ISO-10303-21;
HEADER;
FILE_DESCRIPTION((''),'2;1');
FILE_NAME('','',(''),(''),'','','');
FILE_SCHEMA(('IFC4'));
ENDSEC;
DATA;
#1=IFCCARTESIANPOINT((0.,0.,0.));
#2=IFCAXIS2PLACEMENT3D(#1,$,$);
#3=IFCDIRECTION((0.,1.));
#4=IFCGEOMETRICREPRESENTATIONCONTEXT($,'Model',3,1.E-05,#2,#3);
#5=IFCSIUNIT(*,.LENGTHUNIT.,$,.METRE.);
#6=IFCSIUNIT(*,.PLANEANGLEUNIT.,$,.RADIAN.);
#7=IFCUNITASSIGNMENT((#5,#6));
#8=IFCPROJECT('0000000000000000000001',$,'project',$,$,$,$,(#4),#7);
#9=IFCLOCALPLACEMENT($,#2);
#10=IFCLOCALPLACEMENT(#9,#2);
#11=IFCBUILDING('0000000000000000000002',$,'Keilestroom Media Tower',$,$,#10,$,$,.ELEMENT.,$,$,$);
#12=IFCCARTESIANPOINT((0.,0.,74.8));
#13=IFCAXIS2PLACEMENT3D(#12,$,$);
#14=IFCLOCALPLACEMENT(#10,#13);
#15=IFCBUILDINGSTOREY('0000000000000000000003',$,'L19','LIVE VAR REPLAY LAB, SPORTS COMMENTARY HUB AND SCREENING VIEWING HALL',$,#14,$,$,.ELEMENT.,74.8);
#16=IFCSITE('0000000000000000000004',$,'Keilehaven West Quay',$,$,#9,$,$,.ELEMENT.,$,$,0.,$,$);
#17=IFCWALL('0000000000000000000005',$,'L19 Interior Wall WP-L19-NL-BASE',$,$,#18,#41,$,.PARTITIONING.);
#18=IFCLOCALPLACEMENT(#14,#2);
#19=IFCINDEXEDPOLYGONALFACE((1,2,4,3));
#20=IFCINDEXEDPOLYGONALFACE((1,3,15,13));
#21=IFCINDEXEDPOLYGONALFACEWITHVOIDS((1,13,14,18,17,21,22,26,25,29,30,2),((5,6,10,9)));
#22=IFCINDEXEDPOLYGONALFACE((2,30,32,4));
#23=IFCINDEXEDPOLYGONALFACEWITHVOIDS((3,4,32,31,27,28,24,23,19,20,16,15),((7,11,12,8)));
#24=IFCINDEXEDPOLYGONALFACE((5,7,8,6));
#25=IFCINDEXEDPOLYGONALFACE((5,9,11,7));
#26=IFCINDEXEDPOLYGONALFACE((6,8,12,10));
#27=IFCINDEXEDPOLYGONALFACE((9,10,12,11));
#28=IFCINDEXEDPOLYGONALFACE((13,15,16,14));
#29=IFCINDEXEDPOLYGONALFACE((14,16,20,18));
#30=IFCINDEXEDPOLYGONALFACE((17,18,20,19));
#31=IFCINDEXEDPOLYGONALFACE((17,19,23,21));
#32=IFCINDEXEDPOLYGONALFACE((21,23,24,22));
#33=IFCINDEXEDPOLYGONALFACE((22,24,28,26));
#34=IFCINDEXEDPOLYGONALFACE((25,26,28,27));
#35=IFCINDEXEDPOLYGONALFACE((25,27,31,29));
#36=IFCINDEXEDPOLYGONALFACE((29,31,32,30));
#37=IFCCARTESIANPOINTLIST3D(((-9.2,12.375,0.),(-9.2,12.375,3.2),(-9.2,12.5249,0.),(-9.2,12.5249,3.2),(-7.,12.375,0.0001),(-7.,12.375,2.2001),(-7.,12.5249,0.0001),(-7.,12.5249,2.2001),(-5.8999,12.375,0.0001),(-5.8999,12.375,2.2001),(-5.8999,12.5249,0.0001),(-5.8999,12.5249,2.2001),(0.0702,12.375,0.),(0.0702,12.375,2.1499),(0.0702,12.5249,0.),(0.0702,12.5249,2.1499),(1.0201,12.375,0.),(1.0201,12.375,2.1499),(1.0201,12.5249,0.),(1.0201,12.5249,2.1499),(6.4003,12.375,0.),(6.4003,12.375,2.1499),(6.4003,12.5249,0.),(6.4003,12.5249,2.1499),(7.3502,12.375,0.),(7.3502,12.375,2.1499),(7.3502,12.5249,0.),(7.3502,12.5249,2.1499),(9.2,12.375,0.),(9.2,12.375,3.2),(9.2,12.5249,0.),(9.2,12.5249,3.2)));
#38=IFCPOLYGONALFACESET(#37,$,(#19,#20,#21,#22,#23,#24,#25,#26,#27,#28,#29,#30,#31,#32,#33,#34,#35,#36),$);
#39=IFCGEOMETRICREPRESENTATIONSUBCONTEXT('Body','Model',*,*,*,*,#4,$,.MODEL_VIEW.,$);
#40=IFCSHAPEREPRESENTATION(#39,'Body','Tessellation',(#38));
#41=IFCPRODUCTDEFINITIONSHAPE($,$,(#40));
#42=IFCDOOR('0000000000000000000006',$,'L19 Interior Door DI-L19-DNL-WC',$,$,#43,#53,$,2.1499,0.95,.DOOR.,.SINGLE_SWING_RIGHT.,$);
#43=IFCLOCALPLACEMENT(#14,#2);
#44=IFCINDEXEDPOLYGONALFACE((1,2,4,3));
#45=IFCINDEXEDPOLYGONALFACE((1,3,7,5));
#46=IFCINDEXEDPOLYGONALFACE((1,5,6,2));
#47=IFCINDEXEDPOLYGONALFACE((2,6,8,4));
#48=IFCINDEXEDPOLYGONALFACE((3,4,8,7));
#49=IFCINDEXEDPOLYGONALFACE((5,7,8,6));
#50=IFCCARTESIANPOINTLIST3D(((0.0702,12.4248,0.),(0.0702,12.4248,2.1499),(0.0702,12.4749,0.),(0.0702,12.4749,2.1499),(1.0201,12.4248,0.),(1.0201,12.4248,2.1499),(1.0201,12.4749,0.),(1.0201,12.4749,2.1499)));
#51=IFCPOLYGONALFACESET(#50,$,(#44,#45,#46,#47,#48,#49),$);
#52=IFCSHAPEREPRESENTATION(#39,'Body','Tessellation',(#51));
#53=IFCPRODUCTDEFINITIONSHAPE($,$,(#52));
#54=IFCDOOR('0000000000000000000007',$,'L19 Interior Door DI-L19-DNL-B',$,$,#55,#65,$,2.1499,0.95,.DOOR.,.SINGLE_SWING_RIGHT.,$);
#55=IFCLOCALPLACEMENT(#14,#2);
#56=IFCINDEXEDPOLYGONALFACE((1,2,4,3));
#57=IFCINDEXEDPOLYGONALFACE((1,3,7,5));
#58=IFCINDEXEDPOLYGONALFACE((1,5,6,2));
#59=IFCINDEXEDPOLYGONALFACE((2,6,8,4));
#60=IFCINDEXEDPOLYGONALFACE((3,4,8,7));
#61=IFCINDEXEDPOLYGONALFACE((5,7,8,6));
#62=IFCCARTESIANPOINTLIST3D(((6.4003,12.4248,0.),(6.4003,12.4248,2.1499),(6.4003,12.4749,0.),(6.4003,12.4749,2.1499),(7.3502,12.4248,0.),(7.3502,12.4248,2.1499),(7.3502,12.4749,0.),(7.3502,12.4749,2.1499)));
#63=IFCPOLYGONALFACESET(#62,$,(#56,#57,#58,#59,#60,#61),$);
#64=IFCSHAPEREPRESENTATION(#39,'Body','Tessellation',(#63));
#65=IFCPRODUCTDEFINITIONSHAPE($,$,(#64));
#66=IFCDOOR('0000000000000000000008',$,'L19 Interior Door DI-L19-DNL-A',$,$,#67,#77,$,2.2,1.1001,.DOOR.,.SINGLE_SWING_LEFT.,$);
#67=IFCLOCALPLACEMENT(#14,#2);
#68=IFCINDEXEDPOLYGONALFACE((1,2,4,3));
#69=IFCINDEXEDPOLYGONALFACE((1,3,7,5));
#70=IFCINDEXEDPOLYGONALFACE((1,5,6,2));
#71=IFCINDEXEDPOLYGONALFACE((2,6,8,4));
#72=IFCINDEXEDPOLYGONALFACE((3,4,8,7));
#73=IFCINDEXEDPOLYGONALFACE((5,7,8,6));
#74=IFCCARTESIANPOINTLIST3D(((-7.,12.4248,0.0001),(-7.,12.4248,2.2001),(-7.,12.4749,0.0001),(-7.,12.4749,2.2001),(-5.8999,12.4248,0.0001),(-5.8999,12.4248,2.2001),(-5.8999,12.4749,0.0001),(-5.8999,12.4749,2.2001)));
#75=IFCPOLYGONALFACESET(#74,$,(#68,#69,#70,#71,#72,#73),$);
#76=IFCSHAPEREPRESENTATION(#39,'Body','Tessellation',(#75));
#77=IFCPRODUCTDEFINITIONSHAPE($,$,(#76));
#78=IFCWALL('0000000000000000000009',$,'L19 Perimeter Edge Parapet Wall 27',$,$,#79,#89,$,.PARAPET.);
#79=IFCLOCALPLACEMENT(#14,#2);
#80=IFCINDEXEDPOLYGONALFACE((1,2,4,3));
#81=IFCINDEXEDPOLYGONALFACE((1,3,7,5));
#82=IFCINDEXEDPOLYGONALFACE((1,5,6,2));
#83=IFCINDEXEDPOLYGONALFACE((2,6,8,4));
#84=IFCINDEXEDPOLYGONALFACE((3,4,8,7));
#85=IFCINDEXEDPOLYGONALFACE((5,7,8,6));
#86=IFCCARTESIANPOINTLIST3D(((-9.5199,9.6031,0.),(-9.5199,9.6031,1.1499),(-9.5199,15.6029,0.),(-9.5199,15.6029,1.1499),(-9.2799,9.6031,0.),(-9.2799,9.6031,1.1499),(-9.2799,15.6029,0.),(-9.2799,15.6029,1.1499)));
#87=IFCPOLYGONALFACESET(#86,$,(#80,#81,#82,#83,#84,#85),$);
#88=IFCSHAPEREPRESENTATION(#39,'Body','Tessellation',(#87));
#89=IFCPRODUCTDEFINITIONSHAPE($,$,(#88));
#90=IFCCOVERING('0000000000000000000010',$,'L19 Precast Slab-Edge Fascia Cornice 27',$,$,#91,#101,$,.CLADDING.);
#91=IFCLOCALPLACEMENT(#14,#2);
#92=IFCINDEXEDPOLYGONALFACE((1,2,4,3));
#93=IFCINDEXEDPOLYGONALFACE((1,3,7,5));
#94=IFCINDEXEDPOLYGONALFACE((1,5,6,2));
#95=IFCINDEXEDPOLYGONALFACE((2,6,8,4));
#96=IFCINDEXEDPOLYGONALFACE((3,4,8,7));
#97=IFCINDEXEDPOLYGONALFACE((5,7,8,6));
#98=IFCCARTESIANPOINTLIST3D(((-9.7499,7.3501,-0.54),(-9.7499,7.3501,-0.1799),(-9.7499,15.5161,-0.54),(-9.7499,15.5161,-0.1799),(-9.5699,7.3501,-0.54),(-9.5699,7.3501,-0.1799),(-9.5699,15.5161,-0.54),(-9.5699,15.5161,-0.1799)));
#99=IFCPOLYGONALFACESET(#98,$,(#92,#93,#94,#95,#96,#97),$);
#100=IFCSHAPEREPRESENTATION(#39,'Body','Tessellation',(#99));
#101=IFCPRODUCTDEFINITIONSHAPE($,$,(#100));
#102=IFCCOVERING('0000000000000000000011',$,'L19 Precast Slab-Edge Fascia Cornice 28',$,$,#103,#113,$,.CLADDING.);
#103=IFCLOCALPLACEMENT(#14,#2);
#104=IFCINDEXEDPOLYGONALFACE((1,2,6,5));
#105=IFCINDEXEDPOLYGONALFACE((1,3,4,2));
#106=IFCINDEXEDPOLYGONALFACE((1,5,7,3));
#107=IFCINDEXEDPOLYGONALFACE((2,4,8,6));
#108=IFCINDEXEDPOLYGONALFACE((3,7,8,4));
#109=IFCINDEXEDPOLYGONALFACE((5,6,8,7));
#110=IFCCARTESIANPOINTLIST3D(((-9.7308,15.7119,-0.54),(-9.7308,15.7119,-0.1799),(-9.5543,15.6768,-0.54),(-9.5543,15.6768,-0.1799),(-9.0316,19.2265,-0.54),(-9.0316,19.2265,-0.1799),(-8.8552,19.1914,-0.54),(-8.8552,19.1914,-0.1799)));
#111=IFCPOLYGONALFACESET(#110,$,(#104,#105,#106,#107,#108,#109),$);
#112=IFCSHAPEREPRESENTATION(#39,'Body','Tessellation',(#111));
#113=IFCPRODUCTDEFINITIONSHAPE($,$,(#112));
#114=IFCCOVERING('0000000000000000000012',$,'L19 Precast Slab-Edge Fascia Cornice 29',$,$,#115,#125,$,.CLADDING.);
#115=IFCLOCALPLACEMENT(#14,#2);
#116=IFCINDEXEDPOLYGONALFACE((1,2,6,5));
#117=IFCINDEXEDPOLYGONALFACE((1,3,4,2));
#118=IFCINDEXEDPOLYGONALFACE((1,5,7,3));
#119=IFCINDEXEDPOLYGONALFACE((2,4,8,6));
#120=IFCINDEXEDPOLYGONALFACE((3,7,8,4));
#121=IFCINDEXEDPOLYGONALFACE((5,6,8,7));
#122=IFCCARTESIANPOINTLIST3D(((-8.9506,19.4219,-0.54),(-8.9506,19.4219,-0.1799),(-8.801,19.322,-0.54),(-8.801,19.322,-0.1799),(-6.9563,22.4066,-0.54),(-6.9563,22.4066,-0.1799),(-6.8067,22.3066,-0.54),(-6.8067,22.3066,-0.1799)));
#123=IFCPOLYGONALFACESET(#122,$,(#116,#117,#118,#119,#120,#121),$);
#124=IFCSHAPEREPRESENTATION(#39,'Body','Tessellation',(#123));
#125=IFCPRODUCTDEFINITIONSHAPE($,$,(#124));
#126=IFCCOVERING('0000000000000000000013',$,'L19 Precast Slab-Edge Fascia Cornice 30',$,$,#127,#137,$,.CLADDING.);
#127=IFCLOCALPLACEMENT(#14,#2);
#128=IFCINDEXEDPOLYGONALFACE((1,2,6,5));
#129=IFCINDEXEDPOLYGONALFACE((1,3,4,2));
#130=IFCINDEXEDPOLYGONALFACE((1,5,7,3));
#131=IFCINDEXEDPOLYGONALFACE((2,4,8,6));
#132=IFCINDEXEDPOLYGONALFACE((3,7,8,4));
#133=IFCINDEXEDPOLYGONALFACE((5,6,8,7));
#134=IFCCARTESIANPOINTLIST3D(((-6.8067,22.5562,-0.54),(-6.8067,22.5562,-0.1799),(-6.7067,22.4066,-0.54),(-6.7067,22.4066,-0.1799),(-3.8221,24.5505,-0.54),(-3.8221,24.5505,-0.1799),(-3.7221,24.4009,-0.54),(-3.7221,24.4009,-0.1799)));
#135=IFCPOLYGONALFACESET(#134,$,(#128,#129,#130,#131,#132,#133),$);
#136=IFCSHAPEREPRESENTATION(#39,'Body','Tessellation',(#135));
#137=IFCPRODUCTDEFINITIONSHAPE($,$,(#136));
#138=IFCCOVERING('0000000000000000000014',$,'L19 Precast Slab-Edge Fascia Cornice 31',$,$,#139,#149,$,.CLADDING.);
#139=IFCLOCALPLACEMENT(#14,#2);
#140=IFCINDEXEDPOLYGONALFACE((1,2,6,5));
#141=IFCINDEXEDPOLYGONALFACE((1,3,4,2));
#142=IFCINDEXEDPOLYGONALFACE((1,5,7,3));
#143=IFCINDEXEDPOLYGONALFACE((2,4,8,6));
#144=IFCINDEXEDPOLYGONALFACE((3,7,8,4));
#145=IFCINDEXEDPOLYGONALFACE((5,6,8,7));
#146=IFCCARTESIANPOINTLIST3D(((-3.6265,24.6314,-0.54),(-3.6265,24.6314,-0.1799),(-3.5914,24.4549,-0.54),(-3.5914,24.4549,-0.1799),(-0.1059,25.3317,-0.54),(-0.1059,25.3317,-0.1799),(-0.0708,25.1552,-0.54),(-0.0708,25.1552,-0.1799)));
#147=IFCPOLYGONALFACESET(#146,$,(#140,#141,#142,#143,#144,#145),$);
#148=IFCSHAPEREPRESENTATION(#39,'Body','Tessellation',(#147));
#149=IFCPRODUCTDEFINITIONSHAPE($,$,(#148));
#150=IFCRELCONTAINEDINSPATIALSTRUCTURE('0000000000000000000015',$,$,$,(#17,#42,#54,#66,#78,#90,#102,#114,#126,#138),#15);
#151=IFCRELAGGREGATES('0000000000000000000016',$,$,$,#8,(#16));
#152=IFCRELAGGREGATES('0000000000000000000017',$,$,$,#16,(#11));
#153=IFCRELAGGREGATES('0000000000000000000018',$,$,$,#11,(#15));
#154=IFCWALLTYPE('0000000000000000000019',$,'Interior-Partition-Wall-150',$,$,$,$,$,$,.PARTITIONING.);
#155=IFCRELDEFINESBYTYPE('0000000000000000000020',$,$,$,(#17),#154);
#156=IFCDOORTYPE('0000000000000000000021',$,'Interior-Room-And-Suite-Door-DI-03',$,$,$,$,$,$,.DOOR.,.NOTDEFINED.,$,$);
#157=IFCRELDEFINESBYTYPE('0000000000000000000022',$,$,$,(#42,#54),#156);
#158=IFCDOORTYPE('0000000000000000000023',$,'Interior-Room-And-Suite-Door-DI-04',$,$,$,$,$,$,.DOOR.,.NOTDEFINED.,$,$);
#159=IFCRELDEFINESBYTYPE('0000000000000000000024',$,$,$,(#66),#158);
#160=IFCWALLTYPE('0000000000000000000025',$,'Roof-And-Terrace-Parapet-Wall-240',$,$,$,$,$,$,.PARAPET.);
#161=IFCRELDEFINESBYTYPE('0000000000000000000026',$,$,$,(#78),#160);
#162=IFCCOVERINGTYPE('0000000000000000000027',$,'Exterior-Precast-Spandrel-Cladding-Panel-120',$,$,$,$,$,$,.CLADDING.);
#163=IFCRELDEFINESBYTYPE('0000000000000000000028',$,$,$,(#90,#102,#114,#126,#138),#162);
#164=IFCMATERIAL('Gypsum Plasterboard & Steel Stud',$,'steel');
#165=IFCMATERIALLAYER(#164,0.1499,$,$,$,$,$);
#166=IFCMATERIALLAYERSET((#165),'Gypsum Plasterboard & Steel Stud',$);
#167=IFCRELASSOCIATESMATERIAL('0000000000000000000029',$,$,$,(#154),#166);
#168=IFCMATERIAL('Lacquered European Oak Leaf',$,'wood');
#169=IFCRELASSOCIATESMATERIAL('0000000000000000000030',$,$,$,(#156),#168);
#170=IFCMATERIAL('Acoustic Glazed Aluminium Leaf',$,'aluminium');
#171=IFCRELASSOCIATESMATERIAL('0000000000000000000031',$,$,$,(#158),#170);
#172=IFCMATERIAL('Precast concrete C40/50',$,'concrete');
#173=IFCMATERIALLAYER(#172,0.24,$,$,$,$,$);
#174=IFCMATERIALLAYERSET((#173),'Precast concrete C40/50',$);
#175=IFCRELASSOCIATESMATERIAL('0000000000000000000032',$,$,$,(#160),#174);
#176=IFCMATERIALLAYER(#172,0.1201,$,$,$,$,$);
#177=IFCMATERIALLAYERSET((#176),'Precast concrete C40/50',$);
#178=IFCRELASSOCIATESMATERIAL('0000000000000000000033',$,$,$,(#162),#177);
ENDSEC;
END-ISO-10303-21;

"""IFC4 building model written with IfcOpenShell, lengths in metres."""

from ifc_helpers import new_model, si_unit, direction, frame, frame_2d, origin, origin_2d, place, context, subcontext, project, spatial, rectangle, extrude, source, transform, mapped, material, layer, layer_set, type_object, element, fill, save


model = new_model("IFC4")

# Units and contexts
model_context = context("Model", 3, precision=1e-05, world=origin(), true_north=direction((0.0, 1.0)))
body_context = subcontext(model_context, "Body", "Model", "MODEL_VIEW")
ifc_project = project(units=[si_unit("LENGTHUNIT", "METRE"), si_unit("PLANEANGLEUNIT", "RADIAN")], contexts=[model_context])

# Site, building, storey
site_placement = place(None, origin())
site = spatial("IfcSite", under=ifc_project, at=site_placement, Name="Keilehaven West Quay", CompositionType="ELEMENT", RefElevation=0.0)
building_placement = place(site_placement, origin())
building = spatial("IfcBuilding", under=site, at=building_placement, Name="Keilestroom Media Tower", CompositionType="ELEMENT")
storey_placement = place(building_placement, frame((0.0, 0.0, 74.8)))
storey = spatial("IfcBuildingStorey", under=building, at=storey_placement, Name="L19", Description="LIVE VAR REPLAY LAB, SPORTS COMMENTARY HUB AND SCREENING VIEWING HALL", CompositionType="ELEMENT", Elevation=74.8)

# Shared definitions
ifc_material_1 = material(Name="Precast concrete C40/50", Category="concrete")
ifc_material_2 = material(Name="Gypsum Plasterboard & Steel Stud", Category="steel")

# Wall, openings, doors
ifc_layer_1 = layer(ifc_material_2, 0.1499)
ifc_layer_set_1 = layer_set([ifc_layer_1], Name="Gypsum Plasterboard & Steel Stud")
wall_type_1 = type_object("IfcWallType", Name="Interior-Partition-Wall-150", PredefinedType="PARTITIONING", material=ifc_layer_set_1)
wall_1_placement = place(storey_placement, frame((-9.2, 12.45, 0.0), z_axis=(0.0, 0.0, 1.0), x_axis=(1.0, 0.0, 0.0)))
wall_1 = element("IfcWall", 1, at=wall_1_placement, inside=storey, type_object=wall_type_1, Name="L19 Interior Wall WP-L19-NL-BASE", PredefinedType="PARTITIONING", context=body_context, shape_type="SweptSolid", body=[
    extrude(rectangle(XDim=18.3999, YDim=0.1499, at=frame_2d((9.2, 0.0))), origin(), (0.0, 0.0, 1.0), 3.2),
])
opening_1_placement = place(wall_1_placement, frame((9.27, 0.0, 0.0)))
opening_1 = element("IfcOpeningElement", 2, at=opening_1_placement, cuts=wall_1, PredefinedType="OPENING", context=body_context, shape_type="SweptSolid", body=[
    extrude(rectangle(XDim=0.95, YDim=2.1499, at=frame_2d((0.4751, 1.075))), frame((0.0, 0.085, 0.0), z_axis=(0.0, -1.0, 0.0), x_axis=(1.0, 0.0, 0.0)), (0.0, 0.0, 1.0), 0.1699),
])
opening_2_placement = place(wall_1_placement, frame((2.2, 0.0, 0.0)))
opening_2 = element("IfcOpeningElement", 3, at=opening_2_placement, cuts=wall_1, PredefinedType="OPENING", context=body_context, shape_type="SweptSolid", body=[
    extrude(rectangle(XDim=1.1001, YDim=2.2, at=frame_2d((0.55, 1.1001))), frame((0.0, 0.085, 0.0), z_axis=(0.0, -1.0, 0.0), x_axis=(1.0, 0.0, 0.0)), (0.0, 0.0, 1.0), 0.1699),
])
opening_3_placement = place(wall_1_placement, frame((15.6001, 0.0, 0.0)))
opening_3 = element("IfcOpeningElement", 4, at=opening_3_placement, cuts=wall_1, PredefinedType="OPENING", context=body_context, shape_type="SweptSolid", body=[
    extrude(rectangle(XDim=0.95, YDim=2.1499, at=frame_2d((0.4751, 1.075))), frame((0.0, 0.085, 0.0), z_axis=(0.0, -1.0, 0.0), x_axis=(1.0, 0.0, 0.0)), (0.0, 0.0, 1.0), 0.1699),
])
ifc_material_3 = material(Name="Lacquered European Oak Leaf", Category="wood")
door_type_1 = type_object("IfcDoorType", Name="Interior-Room-And-Suite-Door-DI-03", OperationType="NOTDEFINED", PredefinedType="DOOR", material=ifc_material_3)
shared_shape_1 = source(origin(), body_context, "Body", "SweptSolid", [
    extrude(rectangle(XDim=0.95, YDim=2.1499, at=frame_2d((0.4751, 1.075))), frame((0.0, 0.0249, 0.0), z_axis=(0.0, -1.0, 0.0), x_axis=(1.0, 0.0, 0.0)), (0.0, 0.0, 1.0), 0.05),
])
door_1_placement = place(opening_1_placement, origin())
door_1 = element("IfcDoor", 5, at=door_1_placement, inside=storey, type_object=door_type_1, Name="L19 Interior Door DI-L19-DNL-WC", OperationType="SINGLE_SWING_RIGHT", OverallHeight=2.1499, OverallWidth=0.95, PredefinedType="DOOR", context=body_context, shape_type="MappedRepresentation", body=[
    mapped(shared_shape_1, transform((0.0, 0.0, 0.0), x_axis=(1.0, 0.0, 0.0), y_axis=(0.0, 1.0, 0.0), z_axis=(0.0, 0.0, 1.0), scale=1.0)),
])
fill(opening_1, door_1)
door_2_placement = place(opening_3_placement, origin())
door_2 = element("IfcDoor", 6, at=door_2_placement, inside=storey, type_object=door_type_1, Name="L19 Interior Door DI-L19-DNL-B", OperationType="SINGLE_SWING_RIGHT", OverallHeight=2.1499, OverallWidth=0.95, PredefinedType="DOOR", context=body_context, shape_type="MappedRepresentation", body=[
    mapped(shared_shape_1, transform((0.0, 0.0, 0.0), x_axis=(1.0, 0.0, 0.0), y_axis=(0.0, 1.0, 0.0), z_axis=(0.0, 0.0, 1.0), scale=1.0)),
])
fill(opening_3, door_2)
ifc_material_4 = material(Name="Acoustic Glazed Aluminium Leaf", Category="aluminium")
door_type_2 = type_object("IfcDoorType", Name="Interior-Room-And-Suite-Door-DI-04", OperationType="NOTDEFINED", PredefinedType="DOOR", material=ifc_material_4)
shared_shape_2 = source(origin(), body_context, "Body", "SweptSolid", [
    extrude(rectangle(XDim=1.1001, YDim=2.2, at=frame_2d((0.55, 1.1001))), frame((0.0, 0.0249, 0.0), z_axis=(0.0, -1.0, 0.0), x_axis=(1.0, 0.0, 0.0)), (0.0, 0.0, 1.0), 0.05),
])
door_3_placement = place(opening_2_placement, origin())
door_3 = element("IfcDoor", 7, at=door_3_placement, inside=storey, type_object=door_type_2, Name="L19 Interior Door DI-L19-DNL-A", OperationType="SINGLE_SWING_LEFT", OverallHeight=2.2, OverallWidth=1.1001, PredefinedType="DOOR", context=body_context, shape_type="MappedRepresentation", body=[
    mapped(shared_shape_2, transform((0.0, 0.0, 0.0), x_axis=(1.0, 0.0, 0.0), y_axis=(0.0, 1.0, 0.0), z_axis=(0.0, 0.0, 1.0), scale=1.0)),
])
fill(opening_2, door_3)

# Wall
ifc_layer_2 = layer(ifc_material_1, 0.24)
ifc_layer_set_2 = layer_set([ifc_layer_2], Name="Precast concrete C40/50")
wall_type_2 = type_object("IfcWallType", Name="Roof-And-Terrace-Parapet-Wall-240", PredefinedType="PARAPET", material=ifc_layer_set_2)
wall_2_placement = place(storey_placement, frame((-9.3999, 9.603, 0.0), z_axis=(0.0, 0.0, 1.0), x_axis=(0.0, 1.0, 0.0)))
element("IfcWall", 8, at=wall_2_placement, inside=storey, type_object=wall_type_2, Name="L19 Perimeter Edge Parapet Wall 27", PredefinedType="PARAPET", context=body_context, shape_type="SweptSolid", body=[
    extrude(rectangle(XDim=5.9998, YDim=0.24, at=frame_2d((3.0, 0.0))), origin(), (0.0, 0.0, 1.0), 1.1499),
])

# Coverings
ifc_layer_3 = layer(ifc_material_1, 0.1201)
ifc_layer_set_3 = layer_set([ifc_layer_3], Name="Precast concrete C40/50")
covering_type = type_object("IfcCoveringType", Name="Exterior-Precast-Spandrel-Cladding-Panel-120", PredefinedType="CLADDING", material=ifc_layer_set_3)
shared_shape_3 = source(origin(), body_context, "Body", "SweptSolid", [
    extrude(rectangle(XDim=8.166, YDim=0.1799, at=origin_2d()), origin(), (0.0, 0.0, 1.0), 0.3601),
])
covering_1_placement = place(storey_placement, frame((-9.6599, 11.4331, -0.54), z_axis=(0.0, 0.0, 1.0), x_axis=(0.0, 1.0, 0.0)))
element("IfcCovering", 9, at=covering_1_placement, inside=storey, type_object=covering_type, Name="L19 Precast Slab-Edge Fascia Cornice 27", PredefinedType="CLADDING", context=body_context, shape_type="MappedRepresentation", body=[
    mapped(shared_shape_3, transform((0.0, 0.0, 0.0), x_axis=(1.0, 0.0, 0.0), y_axis=(0.0, 1.0, 0.0), z_axis=(0.0, 0.0, 1.0), scale=1.0)),
])
shared_shape_4 = source(origin(), body_context, "Body", "SweptSolid", [
    extrude(rectangle(XDim=3.5835, YDim=0.1799, at=origin_2d()), origin(), (0.0, 0.0, 1.0), 0.3601),
])
covering_2_placement = place(storey_placement, frame((-9.293, 17.4517, -0.54), z_axis=(0.0, 0.0, 1.0), x_axis=(0.195099, 0.980784, 0.0)))
element("IfcCovering", 10, at=covering_2_placement, inside=storey, type_object=covering_type, Name="L19 Precast Slab-Edge Fascia Cornice 28", PredefinedType="CLADDING", context=body_context, shape_type="MappedRepresentation", body=[
    mapped(shared_shape_4, transform((0.0, 0.0, 0.0), x_axis=(1.0, 0.0, 0.0), y_axis=(0.0, 1.0, 0.0), z_axis=(0.0, 0.0, 1.0), scale=1.0)),
])
shared_shape_5 = source(origin(), body_context, "Body", "SweptSolid", [
    extrude(rectangle(XDim=3.5896, YDim=0.1799, at=origin_2d()), origin(), (0.0, 0.0, 1.0), 0.3601),
])
for number, where, z_axis, x_axis, name in (
    (11, (-7.8787, 20.8643, -0.54), (0.0, 0.0, 1.0), (0.555575, 0.831467, 0.0), "L19 Precast Slab-Edge Fascia Cornice 29"),
    (12, (-5.2644, 23.4785, -0.54), (0.0, 0.0, 1.0), (0.831467, 0.555575, 0.0), "L19 Precast Slab-Edge Fascia Cornice 30"),
    (13, (-1.8486, 24.8933, -0.54), (0.0, 0.0, 1.0), (0.980784, 0.195099, 0.0), "L19 Precast Slab-Edge Fascia Cornice 31"),
):
    element("IfcCovering", number, at=place(storey_placement, frame(where, z_axis=z_axis, x_axis=x_axis)), inside=storey, type_object=covering_type, Name=name, PredefinedType="CLADDING", context=body_context, shape_type="MappedRepresentation", body=[
        mapped(shared_shape_5, transform((0.0, 0.0, 0.0), x_axis=(1.0, 0.0, 0.0), y_axis=(0.0, 1.0, 0.0), z_axis=(0.0, 0.0, 1.0), scale=1.0)),
    ])

save(model, "model.ifc")
